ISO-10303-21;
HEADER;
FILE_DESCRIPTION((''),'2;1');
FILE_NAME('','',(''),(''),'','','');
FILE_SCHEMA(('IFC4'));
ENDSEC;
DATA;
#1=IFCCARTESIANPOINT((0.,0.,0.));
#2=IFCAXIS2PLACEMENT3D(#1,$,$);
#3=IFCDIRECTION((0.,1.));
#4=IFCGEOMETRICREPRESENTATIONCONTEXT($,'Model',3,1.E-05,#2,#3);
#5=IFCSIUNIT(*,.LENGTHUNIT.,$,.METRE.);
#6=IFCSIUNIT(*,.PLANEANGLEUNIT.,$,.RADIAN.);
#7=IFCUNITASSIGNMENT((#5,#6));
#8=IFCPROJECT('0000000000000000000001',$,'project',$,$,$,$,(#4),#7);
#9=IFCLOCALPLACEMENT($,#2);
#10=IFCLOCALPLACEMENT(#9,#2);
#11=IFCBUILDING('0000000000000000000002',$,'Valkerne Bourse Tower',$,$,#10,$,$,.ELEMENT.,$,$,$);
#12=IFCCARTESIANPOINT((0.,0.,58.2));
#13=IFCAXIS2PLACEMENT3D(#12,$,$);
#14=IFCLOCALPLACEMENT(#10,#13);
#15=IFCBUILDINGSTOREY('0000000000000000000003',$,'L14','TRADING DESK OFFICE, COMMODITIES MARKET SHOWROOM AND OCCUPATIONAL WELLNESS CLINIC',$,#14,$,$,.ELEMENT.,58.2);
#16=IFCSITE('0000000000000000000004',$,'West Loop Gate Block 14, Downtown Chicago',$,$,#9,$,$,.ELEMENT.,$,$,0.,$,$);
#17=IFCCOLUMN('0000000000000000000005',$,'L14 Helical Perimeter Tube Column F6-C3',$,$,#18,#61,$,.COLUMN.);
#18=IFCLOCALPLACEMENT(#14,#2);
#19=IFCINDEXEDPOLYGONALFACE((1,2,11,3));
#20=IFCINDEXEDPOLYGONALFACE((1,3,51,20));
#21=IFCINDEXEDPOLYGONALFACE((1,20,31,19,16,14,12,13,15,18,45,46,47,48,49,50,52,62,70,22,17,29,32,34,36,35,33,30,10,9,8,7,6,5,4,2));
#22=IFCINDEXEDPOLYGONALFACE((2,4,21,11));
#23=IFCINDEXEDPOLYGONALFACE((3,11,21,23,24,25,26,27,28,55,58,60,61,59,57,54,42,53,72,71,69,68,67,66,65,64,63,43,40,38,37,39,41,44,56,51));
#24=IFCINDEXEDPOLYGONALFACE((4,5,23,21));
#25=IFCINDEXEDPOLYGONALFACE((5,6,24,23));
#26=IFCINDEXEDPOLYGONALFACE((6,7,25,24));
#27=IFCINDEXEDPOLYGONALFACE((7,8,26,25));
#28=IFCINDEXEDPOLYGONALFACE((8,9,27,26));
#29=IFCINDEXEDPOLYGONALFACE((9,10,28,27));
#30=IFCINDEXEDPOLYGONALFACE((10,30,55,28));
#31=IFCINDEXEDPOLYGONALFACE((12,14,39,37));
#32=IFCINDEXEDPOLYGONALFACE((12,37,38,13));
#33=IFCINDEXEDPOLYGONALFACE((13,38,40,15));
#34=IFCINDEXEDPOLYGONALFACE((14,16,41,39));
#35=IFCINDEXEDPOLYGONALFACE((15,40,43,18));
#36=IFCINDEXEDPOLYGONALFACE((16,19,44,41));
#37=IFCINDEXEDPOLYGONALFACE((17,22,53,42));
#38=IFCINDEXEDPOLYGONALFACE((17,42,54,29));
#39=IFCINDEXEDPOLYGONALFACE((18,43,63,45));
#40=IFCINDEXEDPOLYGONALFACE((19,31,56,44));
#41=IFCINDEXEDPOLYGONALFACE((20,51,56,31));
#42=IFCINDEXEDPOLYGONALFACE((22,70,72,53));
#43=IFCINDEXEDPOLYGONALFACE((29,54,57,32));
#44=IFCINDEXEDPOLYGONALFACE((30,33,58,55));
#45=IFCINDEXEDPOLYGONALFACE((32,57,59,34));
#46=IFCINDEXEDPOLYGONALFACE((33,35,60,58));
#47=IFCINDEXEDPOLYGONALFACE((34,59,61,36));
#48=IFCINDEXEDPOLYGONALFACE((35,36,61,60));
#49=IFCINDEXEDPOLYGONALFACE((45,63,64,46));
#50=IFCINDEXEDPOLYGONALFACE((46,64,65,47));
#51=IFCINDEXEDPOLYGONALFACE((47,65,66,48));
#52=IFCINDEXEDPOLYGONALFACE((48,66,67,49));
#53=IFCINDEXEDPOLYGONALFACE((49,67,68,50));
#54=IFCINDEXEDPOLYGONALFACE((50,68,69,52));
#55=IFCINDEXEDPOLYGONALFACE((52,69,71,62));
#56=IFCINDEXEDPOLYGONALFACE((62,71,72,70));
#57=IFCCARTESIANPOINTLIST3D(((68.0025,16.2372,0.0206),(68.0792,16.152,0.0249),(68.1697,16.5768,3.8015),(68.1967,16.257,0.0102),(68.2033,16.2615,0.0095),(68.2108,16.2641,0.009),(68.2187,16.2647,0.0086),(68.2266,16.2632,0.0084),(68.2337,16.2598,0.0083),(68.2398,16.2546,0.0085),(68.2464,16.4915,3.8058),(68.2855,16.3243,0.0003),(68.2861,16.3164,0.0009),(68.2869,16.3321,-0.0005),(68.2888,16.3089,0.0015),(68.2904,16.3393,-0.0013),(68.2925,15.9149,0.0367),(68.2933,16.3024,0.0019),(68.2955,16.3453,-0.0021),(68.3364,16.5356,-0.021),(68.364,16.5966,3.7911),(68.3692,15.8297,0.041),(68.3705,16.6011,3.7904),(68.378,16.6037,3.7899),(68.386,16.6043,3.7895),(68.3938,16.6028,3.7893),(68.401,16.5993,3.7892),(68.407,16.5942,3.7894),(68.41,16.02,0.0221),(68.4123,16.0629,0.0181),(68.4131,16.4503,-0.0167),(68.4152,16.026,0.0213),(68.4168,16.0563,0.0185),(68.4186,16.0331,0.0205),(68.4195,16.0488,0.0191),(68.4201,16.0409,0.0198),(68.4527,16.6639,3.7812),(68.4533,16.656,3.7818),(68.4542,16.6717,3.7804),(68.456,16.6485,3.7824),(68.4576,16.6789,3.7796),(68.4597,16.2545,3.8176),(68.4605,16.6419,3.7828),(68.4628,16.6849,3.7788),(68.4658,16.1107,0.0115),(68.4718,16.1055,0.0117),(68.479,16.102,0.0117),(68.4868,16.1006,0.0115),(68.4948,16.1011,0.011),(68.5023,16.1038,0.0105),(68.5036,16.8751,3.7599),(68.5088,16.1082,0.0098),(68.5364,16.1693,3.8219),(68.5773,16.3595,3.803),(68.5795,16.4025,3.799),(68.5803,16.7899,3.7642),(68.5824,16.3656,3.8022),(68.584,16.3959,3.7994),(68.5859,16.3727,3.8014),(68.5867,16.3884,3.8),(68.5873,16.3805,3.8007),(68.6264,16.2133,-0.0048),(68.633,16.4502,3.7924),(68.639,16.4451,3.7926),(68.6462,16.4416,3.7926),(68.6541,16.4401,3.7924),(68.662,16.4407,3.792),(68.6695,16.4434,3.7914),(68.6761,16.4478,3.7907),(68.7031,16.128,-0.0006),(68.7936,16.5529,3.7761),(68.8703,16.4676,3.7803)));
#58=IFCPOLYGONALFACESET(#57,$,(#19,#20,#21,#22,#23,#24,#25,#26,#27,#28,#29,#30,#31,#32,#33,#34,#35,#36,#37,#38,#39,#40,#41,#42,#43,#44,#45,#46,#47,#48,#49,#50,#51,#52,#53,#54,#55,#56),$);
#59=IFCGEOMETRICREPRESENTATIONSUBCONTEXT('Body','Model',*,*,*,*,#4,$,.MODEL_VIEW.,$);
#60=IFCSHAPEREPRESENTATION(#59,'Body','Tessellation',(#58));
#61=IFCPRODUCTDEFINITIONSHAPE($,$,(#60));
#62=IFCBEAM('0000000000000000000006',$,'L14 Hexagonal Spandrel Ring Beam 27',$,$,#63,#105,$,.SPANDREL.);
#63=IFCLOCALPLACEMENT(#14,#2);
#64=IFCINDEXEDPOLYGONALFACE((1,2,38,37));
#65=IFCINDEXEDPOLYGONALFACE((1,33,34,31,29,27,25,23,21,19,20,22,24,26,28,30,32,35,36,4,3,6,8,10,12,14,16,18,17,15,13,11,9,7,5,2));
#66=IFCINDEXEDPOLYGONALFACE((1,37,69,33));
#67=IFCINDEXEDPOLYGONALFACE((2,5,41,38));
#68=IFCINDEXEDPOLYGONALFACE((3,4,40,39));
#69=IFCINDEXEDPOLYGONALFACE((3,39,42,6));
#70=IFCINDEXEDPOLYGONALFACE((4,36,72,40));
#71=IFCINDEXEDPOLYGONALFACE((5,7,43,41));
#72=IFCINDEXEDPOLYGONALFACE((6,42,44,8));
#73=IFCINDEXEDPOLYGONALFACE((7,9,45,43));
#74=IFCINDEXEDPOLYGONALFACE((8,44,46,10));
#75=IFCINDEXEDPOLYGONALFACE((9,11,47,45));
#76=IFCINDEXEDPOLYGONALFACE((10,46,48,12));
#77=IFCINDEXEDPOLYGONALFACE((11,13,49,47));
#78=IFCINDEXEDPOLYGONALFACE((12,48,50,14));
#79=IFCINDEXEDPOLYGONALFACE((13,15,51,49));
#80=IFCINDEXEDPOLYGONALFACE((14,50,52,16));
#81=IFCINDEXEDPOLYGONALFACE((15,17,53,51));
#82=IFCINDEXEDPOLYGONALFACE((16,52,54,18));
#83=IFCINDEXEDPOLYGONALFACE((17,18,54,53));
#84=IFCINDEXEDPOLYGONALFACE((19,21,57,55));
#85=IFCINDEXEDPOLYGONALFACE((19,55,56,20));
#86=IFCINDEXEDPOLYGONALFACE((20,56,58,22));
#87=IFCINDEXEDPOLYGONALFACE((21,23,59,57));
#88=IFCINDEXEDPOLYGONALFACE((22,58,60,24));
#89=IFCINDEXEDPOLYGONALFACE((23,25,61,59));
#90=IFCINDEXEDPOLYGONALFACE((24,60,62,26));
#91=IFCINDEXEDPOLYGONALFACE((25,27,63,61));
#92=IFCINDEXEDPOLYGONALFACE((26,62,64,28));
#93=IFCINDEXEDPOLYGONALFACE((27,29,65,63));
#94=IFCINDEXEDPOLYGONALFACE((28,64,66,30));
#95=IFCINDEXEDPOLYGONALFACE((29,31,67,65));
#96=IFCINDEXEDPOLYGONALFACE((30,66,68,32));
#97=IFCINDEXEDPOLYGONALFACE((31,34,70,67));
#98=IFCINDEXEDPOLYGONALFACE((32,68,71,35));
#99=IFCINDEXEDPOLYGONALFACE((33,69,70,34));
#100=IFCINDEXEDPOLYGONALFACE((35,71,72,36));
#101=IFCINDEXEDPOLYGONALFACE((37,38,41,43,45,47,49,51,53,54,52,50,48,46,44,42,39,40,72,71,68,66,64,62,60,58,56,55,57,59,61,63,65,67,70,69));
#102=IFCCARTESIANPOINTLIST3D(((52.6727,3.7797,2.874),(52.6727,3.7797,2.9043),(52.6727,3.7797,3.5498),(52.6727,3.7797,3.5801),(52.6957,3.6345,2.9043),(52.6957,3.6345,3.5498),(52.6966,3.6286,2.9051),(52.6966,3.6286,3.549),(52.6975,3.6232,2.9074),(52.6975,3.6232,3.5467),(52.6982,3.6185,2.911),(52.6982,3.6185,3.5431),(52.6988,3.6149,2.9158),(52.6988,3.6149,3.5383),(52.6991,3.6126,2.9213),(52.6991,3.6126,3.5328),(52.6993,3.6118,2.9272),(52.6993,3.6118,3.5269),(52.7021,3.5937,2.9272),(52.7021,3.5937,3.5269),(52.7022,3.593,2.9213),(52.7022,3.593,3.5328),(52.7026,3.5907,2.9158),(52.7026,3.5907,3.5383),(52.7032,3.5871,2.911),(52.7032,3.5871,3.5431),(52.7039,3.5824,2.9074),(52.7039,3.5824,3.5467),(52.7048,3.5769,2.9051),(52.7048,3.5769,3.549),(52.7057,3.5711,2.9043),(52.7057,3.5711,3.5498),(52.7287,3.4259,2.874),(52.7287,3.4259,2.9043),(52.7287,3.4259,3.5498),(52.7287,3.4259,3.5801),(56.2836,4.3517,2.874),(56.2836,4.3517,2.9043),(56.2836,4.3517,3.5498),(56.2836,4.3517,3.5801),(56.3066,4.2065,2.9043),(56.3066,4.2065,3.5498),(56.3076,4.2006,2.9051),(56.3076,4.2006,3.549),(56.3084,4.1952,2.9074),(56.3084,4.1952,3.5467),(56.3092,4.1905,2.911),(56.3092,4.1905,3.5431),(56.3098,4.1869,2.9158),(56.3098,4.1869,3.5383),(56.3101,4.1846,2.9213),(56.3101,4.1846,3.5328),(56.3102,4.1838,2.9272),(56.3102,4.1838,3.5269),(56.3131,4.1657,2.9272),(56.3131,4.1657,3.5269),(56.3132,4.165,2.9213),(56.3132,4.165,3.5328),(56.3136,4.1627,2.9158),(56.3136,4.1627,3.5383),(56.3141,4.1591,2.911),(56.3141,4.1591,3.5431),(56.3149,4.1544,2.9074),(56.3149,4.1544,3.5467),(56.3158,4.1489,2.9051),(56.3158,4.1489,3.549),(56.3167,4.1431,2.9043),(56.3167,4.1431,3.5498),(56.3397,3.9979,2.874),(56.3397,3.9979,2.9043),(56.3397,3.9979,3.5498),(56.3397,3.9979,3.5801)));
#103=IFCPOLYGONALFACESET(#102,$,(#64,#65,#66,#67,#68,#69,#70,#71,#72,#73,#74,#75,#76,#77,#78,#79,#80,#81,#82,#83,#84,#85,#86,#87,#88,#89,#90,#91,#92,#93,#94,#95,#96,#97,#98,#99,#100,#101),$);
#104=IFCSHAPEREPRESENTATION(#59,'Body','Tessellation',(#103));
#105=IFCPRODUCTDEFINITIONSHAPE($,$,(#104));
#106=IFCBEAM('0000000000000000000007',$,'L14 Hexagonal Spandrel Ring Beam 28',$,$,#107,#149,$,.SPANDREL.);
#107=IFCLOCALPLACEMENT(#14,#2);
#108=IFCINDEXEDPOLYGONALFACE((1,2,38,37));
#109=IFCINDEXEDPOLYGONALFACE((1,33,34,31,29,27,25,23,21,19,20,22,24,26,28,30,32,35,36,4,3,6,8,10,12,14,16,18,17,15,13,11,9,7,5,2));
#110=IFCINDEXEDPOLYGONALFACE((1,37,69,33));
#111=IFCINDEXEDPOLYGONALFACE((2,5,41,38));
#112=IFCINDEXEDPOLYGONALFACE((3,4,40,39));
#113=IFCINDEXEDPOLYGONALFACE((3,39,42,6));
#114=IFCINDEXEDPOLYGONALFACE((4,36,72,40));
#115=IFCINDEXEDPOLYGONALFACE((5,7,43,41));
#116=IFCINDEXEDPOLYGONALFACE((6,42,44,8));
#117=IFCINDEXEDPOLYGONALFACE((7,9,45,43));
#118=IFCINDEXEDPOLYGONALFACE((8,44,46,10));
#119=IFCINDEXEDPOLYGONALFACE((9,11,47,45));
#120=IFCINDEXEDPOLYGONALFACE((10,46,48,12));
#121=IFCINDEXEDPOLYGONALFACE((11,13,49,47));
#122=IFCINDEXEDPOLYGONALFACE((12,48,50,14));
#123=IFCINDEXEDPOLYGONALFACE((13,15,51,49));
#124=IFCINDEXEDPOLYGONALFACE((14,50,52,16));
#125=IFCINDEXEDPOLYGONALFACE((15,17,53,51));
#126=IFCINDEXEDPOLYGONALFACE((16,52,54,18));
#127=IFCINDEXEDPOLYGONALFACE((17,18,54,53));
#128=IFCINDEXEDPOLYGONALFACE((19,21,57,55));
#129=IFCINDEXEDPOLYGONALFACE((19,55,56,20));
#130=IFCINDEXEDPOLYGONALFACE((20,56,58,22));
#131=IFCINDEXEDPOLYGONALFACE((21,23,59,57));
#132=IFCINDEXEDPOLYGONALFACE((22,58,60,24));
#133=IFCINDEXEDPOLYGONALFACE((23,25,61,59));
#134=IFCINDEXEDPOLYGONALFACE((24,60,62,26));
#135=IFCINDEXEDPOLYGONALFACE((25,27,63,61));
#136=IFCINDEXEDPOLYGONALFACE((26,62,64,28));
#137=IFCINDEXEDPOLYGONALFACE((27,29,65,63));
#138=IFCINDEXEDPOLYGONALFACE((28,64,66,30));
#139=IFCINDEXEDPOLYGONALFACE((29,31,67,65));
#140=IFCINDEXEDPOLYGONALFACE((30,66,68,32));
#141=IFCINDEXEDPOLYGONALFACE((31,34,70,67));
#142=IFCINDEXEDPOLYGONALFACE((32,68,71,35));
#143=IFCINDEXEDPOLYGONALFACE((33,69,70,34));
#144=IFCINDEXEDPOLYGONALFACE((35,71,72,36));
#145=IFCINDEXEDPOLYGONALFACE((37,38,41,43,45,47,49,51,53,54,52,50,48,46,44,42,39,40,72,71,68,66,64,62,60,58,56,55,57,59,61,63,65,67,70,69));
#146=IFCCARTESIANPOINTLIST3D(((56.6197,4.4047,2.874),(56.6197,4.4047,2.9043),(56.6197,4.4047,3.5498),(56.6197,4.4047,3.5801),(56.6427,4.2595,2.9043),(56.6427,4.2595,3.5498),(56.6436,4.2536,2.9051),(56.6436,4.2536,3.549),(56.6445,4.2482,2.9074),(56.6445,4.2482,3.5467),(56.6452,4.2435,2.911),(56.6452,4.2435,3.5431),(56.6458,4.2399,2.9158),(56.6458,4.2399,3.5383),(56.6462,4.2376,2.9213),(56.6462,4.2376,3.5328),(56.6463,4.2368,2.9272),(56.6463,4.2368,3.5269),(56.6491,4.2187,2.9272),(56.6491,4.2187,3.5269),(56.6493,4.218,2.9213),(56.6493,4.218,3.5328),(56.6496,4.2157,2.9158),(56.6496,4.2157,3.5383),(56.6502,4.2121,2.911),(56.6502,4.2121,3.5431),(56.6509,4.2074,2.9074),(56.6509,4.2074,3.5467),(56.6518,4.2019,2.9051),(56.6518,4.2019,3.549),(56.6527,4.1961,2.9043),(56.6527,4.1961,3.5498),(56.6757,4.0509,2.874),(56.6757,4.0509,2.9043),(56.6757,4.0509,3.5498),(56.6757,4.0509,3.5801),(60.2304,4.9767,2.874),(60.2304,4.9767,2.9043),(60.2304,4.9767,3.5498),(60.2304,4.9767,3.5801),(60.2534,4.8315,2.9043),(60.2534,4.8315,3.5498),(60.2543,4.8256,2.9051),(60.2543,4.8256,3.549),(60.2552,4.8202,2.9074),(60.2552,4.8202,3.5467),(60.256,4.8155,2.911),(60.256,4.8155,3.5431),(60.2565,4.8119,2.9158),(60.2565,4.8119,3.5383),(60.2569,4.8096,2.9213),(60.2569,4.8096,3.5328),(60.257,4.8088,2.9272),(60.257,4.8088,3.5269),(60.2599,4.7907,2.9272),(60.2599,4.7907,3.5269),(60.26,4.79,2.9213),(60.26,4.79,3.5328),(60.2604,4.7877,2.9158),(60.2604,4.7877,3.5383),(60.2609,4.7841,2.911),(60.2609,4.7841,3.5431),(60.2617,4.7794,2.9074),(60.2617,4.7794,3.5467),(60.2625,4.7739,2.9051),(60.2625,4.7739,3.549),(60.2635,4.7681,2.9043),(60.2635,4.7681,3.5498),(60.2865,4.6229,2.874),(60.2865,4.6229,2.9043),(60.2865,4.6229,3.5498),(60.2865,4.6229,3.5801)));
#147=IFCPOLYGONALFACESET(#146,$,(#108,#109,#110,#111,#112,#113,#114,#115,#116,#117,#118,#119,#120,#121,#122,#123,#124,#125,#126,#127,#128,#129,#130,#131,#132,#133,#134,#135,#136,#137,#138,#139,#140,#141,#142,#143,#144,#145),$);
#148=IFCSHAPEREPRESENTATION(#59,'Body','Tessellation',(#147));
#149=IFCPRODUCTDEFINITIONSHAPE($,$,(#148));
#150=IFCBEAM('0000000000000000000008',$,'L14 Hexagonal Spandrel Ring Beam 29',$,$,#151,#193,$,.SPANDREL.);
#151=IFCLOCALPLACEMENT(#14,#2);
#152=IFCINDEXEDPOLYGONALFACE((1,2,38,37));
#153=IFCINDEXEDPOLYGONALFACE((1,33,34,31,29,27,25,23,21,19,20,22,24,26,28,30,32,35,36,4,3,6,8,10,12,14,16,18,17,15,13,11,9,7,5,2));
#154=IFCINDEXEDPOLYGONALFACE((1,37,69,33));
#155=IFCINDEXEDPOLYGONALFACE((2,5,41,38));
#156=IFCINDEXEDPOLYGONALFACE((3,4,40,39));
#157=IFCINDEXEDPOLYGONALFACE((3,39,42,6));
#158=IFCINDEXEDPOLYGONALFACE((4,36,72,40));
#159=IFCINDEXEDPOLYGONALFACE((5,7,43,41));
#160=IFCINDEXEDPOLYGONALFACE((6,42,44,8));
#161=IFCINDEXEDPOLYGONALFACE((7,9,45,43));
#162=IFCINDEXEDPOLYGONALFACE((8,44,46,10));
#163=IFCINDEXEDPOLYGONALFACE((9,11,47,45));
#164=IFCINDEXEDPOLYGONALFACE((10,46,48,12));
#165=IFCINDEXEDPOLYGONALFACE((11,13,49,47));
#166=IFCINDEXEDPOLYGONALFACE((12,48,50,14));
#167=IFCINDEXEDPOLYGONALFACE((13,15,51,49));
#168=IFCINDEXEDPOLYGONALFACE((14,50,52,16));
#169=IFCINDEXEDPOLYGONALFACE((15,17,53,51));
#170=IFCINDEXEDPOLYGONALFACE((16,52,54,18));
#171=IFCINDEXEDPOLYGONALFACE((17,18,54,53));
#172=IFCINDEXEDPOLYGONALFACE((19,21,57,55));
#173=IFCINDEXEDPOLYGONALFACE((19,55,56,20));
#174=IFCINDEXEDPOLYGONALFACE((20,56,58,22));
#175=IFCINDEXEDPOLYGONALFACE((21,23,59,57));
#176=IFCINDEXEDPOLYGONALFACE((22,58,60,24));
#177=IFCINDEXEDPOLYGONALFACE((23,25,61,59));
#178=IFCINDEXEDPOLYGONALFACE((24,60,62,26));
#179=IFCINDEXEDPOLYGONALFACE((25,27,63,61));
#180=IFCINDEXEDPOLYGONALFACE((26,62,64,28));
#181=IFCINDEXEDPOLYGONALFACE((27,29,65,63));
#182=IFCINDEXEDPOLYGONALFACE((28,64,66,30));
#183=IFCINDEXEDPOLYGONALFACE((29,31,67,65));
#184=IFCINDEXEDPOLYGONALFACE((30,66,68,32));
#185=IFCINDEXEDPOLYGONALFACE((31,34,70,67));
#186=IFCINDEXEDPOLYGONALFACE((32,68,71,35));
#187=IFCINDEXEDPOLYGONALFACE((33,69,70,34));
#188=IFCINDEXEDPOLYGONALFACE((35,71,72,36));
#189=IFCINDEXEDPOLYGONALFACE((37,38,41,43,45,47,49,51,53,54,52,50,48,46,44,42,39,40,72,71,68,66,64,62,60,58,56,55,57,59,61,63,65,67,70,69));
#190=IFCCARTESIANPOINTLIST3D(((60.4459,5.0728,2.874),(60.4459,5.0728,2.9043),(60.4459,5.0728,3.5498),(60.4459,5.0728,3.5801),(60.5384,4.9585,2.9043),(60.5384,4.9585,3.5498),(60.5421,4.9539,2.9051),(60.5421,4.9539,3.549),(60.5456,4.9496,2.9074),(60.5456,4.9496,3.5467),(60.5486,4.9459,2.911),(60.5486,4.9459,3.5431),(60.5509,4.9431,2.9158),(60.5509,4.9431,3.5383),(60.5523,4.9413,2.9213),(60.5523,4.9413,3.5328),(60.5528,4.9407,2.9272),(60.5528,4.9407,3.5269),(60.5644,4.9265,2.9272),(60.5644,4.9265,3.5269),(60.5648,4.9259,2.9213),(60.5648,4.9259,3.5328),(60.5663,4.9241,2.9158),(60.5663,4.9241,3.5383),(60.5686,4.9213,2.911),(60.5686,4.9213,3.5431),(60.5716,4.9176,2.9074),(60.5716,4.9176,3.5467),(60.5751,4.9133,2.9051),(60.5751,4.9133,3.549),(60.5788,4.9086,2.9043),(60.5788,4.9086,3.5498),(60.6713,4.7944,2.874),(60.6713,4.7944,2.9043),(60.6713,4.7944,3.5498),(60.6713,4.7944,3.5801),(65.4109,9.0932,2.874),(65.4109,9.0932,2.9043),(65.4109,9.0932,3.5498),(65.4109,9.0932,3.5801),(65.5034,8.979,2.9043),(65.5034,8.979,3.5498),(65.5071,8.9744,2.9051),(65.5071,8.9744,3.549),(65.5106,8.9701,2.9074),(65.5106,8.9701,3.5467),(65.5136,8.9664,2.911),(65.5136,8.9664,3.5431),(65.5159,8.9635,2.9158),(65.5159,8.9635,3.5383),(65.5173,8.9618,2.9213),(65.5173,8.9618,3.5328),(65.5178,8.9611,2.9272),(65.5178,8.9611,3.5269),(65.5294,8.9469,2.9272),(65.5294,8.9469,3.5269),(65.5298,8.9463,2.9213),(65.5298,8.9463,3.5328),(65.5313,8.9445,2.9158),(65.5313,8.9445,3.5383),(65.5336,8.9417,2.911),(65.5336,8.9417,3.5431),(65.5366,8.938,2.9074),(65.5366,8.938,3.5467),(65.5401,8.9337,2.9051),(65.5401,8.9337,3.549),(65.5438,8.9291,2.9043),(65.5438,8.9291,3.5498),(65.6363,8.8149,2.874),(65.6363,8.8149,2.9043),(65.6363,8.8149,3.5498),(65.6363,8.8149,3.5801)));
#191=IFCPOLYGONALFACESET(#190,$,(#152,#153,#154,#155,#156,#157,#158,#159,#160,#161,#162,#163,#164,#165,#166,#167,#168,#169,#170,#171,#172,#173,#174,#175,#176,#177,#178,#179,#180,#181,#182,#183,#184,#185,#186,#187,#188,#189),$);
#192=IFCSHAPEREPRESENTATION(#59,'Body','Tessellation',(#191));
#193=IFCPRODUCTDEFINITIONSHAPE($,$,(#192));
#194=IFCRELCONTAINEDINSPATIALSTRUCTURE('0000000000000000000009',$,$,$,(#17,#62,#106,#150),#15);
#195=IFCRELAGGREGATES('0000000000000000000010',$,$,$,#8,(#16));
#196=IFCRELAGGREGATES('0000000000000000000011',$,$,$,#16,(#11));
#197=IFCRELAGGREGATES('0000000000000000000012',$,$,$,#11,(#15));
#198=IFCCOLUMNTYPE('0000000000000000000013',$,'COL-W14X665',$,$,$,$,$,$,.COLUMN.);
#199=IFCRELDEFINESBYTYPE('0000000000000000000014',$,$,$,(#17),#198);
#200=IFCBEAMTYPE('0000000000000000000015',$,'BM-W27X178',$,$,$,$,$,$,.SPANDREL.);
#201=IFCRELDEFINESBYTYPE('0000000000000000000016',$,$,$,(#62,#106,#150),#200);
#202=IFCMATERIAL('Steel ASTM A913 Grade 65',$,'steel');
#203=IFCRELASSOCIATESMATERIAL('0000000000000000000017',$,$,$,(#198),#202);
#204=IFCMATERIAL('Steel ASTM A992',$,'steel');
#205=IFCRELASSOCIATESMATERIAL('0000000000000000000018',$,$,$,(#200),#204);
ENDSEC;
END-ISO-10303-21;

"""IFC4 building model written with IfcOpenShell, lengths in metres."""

from ifc_helpers import new_model, si_unit, direction, frame, origin, origin_2d, place, context, subcontext, project, spatial, i_section, extrude, material, material_profile, profile_set, type_object, element, save


model = new_model("IFC4")

# Units and contexts
model_context = context("Model", 3, precision=1e-05, world=origin(), true_north=direction((0.0, 1.0)))
body_context = subcontext(model_context, "Body", "Model", "MODEL_VIEW")
ifc_project = project(units=[si_unit("LENGTHUNIT", "METRE"), si_unit("PLANEANGLEUNIT", "RADIAN")], contexts=[model_context])

# Site, building, storey
site_placement = place(None, origin())
site = spatial("IfcSite", under=ifc_project, at=site_placement, Name="West Loop Gate Block 14, Downtown Chicago", CompositionType="ELEMENT", RefElevation=0.0)
building_placement = place(site_placement, origin())
building = spatial("IfcBuilding", under=site, at=building_placement, Name="Valkerne Bourse Tower", CompositionType="ELEMENT")
storey_placement = place(building_placement, frame((0.0, 0.0, 58.2)))
storey = spatial("IfcBuildingStorey", under=building, at=storey_placement, Name="L14", Description="TRADING DESK OFFICE, COMMODITIES MARKET SHOWROOM AND OCCUPATIONAL WELLNESS CLINIC", CompositionType="ELEMENT", Elevation=58.2)

# Column
ifc_material_1 = material(Name="Steel ASTM A913 Grade 65", Category="steel")
ifc_material_profile_1 = material_profile(ifc_material_1, i_section(OverallWidth=0.4497, OverallDepth=0.5486, WebThickness=0.072, FlangeThickness=0.1147, FilletRadius=0.0305, at=origin_2d()), Name="W14X665")
ifc_profile_set_1 = profile_set([ifc_material_profile_1], Name="Steel ASTM A913 Grade 65")
column_type = type_object("IfcColumnType", Name="COL-W14X665", PredefinedType="COLUMN", material=ifc_profile_set_1)
column_1_placement = place(storey_placement, frame((68.3528, 16.1826, 0.01), z_axis=(0.044011, 0.08937, 0.995026), x_axis=(-0.742482, -0.663458, 0.09243)))
element("IfcColumn", 1, at=column_1_placement, inside=storey, type_object=column_type, Name="L14 Helical Perimeter Tube Column F6-C3", PredefinedType="COLUMN", context=body_context, shape_type="SweptSolid", body=[
    extrude(i_section(OverallWidth=0.4497, OverallDepth=0.5486, WebThickness=0.072, FlangeThickness=0.1147, FilletRadius=0.0305, at=origin_2d()), origin(), (0.0, 0.0, 1.0), 3.7998),
])

# Beams
ifc_material_2 = material(Name="Steel ASTM A992", Category="steel")
ifc_material_profile_2 = material_profile(ifc_material_2, i_section(OverallWidth=0.3582, OverallDepth=0.7061, WebThickness=0.0183, FlangeThickness=0.0303, FilletRadius=0.0229, at=origin_2d()), Name="W27X178")
ifc_profile_set_2 = profile_set([ifc_material_profile_2], Name="Steel ASTM A992")
beam_type = type_object("IfcBeamType", Name="BM-W27X178", PredefinedType="SPANDREL", material=ifc_profile_set_2)
beam_1_placement = place(storey_placement, frame((52.7007, 3.6028, 3.2271), z_axis=(0.987685, 0.156456, 0.0), x_axis=(-0.156456, 0.987685, 0.0)))
element("IfcBeam", 2, at=beam_1_placement, inside=storey, type_object=beam_type, Name="L14 Hexagonal Spandrel Ring Beam 27", PredefinedType="SPANDREL", context=body_context, shape_type="SweptSolid", body=[
    extrude(i_section(OverallWidth=0.3582, OverallDepth=0.7061, WebThickness=0.0183, FlangeThickness=0.0303, FilletRadius=0.0229, at=origin_2d()), origin(), (0.0, 0.0, 1.0), 3.656),
])
beam_2_placement = place(storey_placement, frame((56.6477, 4.2278, 3.2271), z_axis=(0.987683, 0.156467, 0.0), x_axis=(-0.156467, 0.987683, 0.0)))
element("IfcBeam", 3, at=beam_2_placement, inside=storey, type_object=beam_type, Name="L14 Hexagonal Spandrel Ring Beam 28", PredefinedType="SPANDREL", context=body_context, shape_type="SweptSolid", body=[
    extrude(i_section(OverallWidth=0.3582, OverallDepth=0.7061, WebThickness=0.0183, FlangeThickness=0.0303, FilletRadius=0.0229, at=origin_2d()), origin(), (0.0, 0.0, 1.0), 3.6558),
])
beam_3_placement = place(storey_placement, frame((60.5586, 4.9336, 3.2271), z_axis=(0.777157, 0.629307, 0.0), x_axis=(-0.629307, 0.777157, 0.0)))
element("IfcBeam", 4, at=beam_3_placement, inside=storey, type_object=beam_type, Name="L14 Hexagonal Spandrel Ring Beam 29", PredefinedType="SPANDREL", context=body_context, shape_type="SweptSolid", body=[
    extrude(i_section(OverallWidth=0.3582, OverallDepth=0.7061, WebThickness=0.0183, FlangeThickness=0.0303, FilletRadius=0.0229, at=origin_2d()), origin(), (0.0, 0.0, 1.0), 6.3887),
])

save(model, "model.ifc")
